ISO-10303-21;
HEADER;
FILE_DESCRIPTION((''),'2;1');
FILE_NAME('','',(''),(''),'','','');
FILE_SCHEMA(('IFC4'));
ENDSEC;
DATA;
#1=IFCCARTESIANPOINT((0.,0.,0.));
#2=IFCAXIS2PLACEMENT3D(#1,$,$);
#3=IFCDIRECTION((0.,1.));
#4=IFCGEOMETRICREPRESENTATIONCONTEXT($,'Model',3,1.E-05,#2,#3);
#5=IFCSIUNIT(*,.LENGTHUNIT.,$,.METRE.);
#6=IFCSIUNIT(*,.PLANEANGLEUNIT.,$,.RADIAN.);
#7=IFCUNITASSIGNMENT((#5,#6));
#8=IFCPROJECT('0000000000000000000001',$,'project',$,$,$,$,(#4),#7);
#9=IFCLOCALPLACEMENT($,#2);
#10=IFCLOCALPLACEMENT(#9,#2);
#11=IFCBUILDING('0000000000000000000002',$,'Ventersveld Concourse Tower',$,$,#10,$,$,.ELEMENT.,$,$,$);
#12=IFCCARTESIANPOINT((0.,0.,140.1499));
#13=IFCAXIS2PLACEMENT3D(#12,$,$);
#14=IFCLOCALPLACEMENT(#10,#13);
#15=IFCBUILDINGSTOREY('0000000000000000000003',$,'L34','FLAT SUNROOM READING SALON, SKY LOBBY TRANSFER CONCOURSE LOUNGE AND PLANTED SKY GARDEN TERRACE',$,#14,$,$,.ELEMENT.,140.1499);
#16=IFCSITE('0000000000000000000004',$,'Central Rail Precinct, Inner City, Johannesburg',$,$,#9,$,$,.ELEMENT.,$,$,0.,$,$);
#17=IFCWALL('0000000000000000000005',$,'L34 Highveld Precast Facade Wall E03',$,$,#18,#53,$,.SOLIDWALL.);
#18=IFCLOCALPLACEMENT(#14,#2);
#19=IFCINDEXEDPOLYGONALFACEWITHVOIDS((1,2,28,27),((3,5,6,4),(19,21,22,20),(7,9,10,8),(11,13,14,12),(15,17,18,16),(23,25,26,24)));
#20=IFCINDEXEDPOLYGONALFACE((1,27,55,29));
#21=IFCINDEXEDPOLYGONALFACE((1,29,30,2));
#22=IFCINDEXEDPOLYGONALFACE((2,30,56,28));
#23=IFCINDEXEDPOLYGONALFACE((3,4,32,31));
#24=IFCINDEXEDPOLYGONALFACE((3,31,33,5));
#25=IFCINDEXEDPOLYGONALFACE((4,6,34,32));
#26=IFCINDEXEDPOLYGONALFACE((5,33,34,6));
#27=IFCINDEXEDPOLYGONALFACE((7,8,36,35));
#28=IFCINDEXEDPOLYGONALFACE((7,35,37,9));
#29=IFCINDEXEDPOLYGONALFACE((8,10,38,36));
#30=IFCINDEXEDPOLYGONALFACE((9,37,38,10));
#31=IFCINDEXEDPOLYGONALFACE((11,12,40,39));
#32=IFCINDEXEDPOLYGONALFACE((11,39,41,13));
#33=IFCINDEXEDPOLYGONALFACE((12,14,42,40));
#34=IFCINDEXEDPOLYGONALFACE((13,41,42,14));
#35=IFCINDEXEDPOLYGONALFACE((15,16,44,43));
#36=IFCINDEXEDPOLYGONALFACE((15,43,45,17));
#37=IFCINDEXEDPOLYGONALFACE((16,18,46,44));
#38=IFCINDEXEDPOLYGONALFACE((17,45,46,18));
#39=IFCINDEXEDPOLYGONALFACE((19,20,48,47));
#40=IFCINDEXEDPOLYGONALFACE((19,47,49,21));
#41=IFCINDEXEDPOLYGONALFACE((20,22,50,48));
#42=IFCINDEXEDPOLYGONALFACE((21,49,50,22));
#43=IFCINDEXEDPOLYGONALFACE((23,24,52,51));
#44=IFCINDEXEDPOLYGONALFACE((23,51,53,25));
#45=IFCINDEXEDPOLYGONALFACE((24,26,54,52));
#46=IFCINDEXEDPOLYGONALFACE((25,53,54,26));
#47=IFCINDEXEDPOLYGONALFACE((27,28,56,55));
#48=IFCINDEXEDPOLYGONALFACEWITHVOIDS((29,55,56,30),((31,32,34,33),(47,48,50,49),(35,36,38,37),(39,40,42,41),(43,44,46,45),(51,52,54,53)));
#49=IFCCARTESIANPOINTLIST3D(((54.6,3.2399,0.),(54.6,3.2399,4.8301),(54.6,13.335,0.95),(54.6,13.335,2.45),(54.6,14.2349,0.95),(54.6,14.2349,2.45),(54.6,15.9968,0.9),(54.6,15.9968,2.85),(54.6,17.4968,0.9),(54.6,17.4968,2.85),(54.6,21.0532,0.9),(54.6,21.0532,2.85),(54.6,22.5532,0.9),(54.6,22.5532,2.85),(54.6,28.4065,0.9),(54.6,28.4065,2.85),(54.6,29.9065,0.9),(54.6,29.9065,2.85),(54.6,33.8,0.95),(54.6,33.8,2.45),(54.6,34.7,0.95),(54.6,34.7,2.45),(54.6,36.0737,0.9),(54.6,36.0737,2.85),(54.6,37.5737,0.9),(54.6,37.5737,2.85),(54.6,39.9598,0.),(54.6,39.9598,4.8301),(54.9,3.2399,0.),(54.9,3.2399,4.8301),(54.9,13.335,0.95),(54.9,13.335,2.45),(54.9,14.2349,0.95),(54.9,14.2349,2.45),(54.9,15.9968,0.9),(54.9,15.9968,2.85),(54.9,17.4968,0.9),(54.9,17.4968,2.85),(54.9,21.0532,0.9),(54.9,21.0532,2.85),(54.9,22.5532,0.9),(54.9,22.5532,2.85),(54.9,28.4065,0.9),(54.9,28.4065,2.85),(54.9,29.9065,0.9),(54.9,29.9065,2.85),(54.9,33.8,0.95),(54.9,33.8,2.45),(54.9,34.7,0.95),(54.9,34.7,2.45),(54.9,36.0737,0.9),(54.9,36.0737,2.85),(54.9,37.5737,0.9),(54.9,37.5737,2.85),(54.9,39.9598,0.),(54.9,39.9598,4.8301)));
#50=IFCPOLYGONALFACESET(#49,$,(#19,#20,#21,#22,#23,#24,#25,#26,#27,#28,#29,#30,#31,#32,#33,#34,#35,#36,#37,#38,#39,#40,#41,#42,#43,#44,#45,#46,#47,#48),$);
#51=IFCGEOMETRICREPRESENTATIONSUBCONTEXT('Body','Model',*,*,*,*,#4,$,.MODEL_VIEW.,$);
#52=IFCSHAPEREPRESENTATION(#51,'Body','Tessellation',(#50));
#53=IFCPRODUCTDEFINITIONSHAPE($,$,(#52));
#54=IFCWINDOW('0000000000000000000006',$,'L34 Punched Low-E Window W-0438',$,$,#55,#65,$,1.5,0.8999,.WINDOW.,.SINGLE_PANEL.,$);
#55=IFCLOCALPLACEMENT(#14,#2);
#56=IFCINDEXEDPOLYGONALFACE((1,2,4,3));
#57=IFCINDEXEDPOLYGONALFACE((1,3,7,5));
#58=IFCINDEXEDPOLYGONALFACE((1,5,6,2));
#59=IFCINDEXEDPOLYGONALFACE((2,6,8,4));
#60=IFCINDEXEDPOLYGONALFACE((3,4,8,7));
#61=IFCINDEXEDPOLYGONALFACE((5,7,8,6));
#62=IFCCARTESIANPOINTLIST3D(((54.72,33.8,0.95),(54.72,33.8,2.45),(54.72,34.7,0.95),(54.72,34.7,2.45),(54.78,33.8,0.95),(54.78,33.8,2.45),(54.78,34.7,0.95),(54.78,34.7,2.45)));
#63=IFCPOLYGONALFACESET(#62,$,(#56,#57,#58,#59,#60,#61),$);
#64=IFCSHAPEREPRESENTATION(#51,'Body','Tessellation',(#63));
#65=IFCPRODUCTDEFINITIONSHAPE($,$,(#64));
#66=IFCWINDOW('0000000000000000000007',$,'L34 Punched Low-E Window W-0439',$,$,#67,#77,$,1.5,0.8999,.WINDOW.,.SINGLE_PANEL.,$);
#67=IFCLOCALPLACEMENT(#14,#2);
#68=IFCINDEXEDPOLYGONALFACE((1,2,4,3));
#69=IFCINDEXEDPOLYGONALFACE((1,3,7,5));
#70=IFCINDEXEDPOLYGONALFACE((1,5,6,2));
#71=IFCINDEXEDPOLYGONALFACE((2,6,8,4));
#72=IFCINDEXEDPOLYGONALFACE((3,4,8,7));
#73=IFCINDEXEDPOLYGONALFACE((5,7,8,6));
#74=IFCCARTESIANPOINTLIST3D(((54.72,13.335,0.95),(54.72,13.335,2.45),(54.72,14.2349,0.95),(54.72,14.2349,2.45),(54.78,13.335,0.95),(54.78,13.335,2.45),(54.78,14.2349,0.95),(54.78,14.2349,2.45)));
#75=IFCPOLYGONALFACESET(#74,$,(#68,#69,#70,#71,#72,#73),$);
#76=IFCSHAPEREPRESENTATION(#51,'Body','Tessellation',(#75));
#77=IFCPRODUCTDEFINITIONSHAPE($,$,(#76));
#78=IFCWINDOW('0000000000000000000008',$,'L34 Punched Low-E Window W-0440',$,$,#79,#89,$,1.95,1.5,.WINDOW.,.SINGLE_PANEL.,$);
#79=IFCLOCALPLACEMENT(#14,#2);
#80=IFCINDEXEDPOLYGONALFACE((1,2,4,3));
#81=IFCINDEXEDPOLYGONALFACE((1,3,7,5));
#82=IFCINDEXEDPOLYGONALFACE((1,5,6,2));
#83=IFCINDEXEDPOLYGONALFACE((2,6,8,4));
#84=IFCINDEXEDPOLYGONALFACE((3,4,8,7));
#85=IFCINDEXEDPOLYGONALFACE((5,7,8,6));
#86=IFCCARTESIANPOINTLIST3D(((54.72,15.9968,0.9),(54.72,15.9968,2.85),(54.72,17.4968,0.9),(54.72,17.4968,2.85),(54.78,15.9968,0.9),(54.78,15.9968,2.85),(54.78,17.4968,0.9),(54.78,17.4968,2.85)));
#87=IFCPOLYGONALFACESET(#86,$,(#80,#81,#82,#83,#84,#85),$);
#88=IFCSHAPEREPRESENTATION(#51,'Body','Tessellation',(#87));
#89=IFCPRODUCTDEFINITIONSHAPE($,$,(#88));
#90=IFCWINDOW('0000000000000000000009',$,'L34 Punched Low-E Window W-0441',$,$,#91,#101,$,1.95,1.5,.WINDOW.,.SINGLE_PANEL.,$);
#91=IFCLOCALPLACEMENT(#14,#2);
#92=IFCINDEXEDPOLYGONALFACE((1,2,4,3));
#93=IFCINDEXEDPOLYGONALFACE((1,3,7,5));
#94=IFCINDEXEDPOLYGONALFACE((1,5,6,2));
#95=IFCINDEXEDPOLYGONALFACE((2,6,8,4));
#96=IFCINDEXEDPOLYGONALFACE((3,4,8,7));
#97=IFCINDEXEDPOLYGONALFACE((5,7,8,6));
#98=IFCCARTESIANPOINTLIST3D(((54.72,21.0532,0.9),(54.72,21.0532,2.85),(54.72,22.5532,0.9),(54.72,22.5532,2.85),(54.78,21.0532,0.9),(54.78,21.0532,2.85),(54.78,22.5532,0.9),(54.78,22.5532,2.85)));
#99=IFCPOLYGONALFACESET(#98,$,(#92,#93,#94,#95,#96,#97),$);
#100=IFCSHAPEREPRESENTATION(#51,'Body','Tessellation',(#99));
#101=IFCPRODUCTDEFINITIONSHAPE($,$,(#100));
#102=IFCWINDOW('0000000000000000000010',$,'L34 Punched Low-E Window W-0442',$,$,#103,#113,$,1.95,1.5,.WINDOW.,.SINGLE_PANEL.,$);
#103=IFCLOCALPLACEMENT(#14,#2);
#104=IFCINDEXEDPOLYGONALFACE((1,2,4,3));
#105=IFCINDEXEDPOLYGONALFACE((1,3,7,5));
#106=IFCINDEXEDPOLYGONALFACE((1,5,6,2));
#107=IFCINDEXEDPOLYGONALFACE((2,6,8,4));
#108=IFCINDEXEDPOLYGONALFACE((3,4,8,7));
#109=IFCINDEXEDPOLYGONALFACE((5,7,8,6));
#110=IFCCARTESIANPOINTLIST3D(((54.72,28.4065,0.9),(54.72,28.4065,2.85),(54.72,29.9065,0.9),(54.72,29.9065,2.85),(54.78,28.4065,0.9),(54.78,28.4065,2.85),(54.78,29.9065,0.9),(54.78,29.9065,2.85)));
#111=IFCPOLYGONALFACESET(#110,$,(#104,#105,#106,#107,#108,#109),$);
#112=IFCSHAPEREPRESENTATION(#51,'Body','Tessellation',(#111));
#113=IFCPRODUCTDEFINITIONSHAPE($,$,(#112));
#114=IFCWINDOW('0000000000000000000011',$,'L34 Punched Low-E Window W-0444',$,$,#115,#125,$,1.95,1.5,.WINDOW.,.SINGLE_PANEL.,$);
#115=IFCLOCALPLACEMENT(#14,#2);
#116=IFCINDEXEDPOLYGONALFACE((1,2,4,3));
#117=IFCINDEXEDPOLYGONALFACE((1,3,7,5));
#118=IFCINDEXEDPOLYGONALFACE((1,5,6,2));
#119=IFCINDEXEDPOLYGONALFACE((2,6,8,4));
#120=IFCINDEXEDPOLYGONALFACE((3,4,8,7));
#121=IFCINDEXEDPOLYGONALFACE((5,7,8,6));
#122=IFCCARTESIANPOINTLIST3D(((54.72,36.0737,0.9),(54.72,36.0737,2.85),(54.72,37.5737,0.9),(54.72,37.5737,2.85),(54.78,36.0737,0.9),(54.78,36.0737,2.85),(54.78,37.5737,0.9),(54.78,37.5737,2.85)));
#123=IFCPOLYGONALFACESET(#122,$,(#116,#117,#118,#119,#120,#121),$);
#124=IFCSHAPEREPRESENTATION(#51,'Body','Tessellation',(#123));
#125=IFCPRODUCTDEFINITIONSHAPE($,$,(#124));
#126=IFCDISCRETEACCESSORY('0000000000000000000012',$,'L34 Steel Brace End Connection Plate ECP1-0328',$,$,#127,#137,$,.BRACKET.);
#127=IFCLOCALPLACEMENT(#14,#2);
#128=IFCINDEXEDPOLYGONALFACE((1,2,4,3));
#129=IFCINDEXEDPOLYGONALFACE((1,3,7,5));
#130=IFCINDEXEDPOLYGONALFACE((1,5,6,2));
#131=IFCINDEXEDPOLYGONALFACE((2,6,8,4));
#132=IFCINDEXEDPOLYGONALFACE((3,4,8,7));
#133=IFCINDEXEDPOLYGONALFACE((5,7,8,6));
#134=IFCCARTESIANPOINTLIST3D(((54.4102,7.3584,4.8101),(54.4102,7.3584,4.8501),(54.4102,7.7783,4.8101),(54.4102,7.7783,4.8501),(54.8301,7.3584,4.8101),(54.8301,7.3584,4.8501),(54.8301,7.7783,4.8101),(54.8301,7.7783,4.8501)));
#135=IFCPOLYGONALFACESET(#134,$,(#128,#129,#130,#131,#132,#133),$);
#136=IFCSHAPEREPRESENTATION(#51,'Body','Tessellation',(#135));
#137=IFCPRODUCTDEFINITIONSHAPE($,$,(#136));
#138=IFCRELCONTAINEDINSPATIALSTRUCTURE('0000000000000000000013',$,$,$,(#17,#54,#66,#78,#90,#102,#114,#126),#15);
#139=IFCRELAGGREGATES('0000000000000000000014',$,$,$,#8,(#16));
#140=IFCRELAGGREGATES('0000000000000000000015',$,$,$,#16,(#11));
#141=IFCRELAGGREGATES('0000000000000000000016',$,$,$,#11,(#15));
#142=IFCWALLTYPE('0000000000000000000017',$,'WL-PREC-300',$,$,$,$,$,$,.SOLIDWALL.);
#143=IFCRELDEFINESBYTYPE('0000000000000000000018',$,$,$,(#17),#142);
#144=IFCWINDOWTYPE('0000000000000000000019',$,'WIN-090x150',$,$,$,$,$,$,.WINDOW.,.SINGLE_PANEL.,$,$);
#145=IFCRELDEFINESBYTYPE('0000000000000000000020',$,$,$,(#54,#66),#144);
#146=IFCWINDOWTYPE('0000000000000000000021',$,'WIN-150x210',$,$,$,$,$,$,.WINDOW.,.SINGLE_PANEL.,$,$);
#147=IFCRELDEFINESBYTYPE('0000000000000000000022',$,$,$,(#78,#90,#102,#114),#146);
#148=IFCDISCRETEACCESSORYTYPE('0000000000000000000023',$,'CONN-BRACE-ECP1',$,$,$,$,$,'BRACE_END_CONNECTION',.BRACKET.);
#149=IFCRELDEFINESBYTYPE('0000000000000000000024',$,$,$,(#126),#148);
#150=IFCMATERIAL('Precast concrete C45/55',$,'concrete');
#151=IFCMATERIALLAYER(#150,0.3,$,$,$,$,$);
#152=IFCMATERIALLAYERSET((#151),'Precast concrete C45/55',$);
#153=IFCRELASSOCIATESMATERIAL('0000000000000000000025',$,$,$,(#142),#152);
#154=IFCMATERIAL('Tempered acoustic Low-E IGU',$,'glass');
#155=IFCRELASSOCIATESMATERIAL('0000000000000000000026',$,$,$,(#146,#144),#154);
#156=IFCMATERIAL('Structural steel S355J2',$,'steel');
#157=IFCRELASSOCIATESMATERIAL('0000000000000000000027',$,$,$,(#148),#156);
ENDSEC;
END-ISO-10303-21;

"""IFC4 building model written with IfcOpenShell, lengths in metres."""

from ifc_helpers import new_model, si_unit, direction, frame, frame_2d, origin, origin_2d, place, context, subcontext, project, spatial, rectangle, extrude, material, layer, layer_set, type_object, element, fill, save


model = new_model("IFC4")

# Units and contexts
model_context = context("Model", 3, precision=1e-05, world=origin(), true_north=direction((0.0, 1.0)))
body_context = subcontext(model_context, "Body", "Model", "MODEL_VIEW")
ifc_project = project(units=[si_unit("LENGTHUNIT", "METRE"), si_unit("PLANEANGLEUNIT", "RADIAN")], contexts=[model_context])

# Site, building, storey
site_placement = place(None, origin())
site = spatial("IfcSite", under=ifc_project, at=site_placement, Name="Central Rail Precinct, Inner City, Johannesburg", CompositionType="ELEMENT", RefElevation=0.0)
building_placement = place(site_placement, origin())
building = spatial("IfcBuilding", under=site, at=building_placement, Name="Ventersveld Concourse Tower", CompositionType="ELEMENT")
storey_placement = place(building_placement, frame((0.0, 0.0, 140.1499)))
storey = spatial("IfcBuildingStorey", under=building, at=storey_placement, Name="L34", Description="FLAT SUNROOM READING SALON, SKY LOBBY TRANSFER CONCOURSE LOUNGE AND PLANTED SKY GARDEN TERRACE", CompositionType="ELEMENT", Elevation=140.1499)

# Shared definitions
ifc_material_1 = material(Name="Structural steel S355J2", Category="steel")

# Shared definitions
ifc_material_2 = material(Name="Precast concrete C45/55", Category="concrete")
ifc_layer_1 = layer(ifc_material_2, 0.3)
ifc_layer_set_1 = layer_set([ifc_layer_1], Name="Precast concrete C45/55")
wall_type_1 = type_object("IfcWallType", Name="WL-PREC-300", PredefinedType="SOLIDWALL", material=ifc_layer_set_1)
ifc_material_3 = material(Name="Tempered acoustic Low-E IGU", Category="glass")
window_type_1 = type_object("IfcWindowType", Name="WIN-150x210", PartitioningType="SINGLE_PANEL", PredefinedType="WINDOW", material=ifc_material_3)

# Wall, openings, windows
wall_1_placement = place(storey_placement, frame((54.75, 3.24, 0.0), z_axis=(0.0, 0.0, 1.0), x_axis=(0.0, 1.0, 0.0)))
wall_1 = element("IfcWall", 1, at=wall_1_placement, inside=storey, type_object=wall_type_1, Name="L34 Highveld Precast Facade Wall E03", PredefinedType="SOLIDWALL", context=body_context, shape_type="SweptSolid", body=[
    extrude(rectangle(XDim=36.72, YDim=0.3, at=frame_2d((18.3599, 0.0))), origin(), (0.0, 0.0, 1.0), 4.8301),
])
opening_1_placement = place(wall_1_placement, frame((30.5601, 0.0, 0.95)))
opening_1 = element("IfcOpeningElement", 2, at=opening_1_placement, cuts=wall_1, PredefinedType="OPENING", context=body_context, shape_type="SweptSolid", body=[
    extrude(rectangle(XDim=0.8999, YDim=1.5, at=frame_2d((0.45, 0.75))), frame((0.0, 0.1602, 0.0), z_axis=(0.0, -1.0, 0.0), x_axis=(1.0, 0.0, 0.0)), (0.0, 0.0, 1.0), 0.3201),
])
opening_2_placement = place(wall_1_placement, frame((10.095, 0.0, 0.95)))
opening_2 = element("IfcOpeningElement", 3, at=opening_2_placement, cuts=wall_1, PredefinedType="OPENING", context=body_context, shape_type="SweptSolid", body=[
    extrude(rectangle(XDim=0.8999, YDim=1.5, at=frame_2d((0.45, 0.75))), frame((0.0, 0.1602, 0.0), z_axis=(0.0, -1.0, 0.0), x_axis=(1.0, 0.0, 0.0)), (0.0, 0.0, 1.0), 0.3201),
])
opening_3_placement = place(wall_1_placement, frame((12.7568, 0.0, 0.8999)))
opening_3 = element("IfcOpeningElement", 4, at=opening_3_placement, cuts=wall_1, PredefinedType="OPENING", context=body_context, shape_type="SweptSolid", body=[
    extrude(rectangle(XDim=1.5, YDim=1.95, at=frame_2d((0.75, 0.9751))), frame((0.0, 0.1602, 0.0), z_axis=(0.0, -1.0, 0.0), x_axis=(1.0, 0.0, 0.0)), (0.0, 0.0, 1.0), 0.3201),
])
opening_4_placement = place(wall_1_placement, frame((17.8132, 0.0, 0.8999)))
opening_4 = element("IfcOpeningElement", 5, at=opening_4_placement, cuts=wall_1, PredefinedType="OPENING", context=body_context, shape_type="SweptSolid", body=[
    extrude(rectangle(XDim=1.5, YDim=1.95, at=frame_2d((0.75, 0.9751))), frame((0.0, 0.1602, 0.0), z_axis=(0.0, -1.0, 0.0), x_axis=(1.0, 0.0, 0.0)), (0.0, 0.0, 1.0), 0.3201),
])
opening_5_placement = place(wall_1_placement, frame((25.1665, 0.0, 0.8999)))
opening_5 = element("IfcOpeningElement", 6, at=opening_5_placement, cuts=wall_1, PredefinedType="OPENING", context=body_context, shape_type="SweptSolid", body=[
    extrude(rectangle(XDim=1.5, YDim=1.95, at=frame_2d((0.75, 0.9751))), frame((0.0, 0.1602, 0.0), z_axis=(0.0, -1.0, 0.0), x_axis=(1.0, 0.0, 0.0)), (0.0, 0.0, 1.0), 0.3201),
])
opening_6_placement = place(wall_1_placement, frame((32.8337, 0.0, 0.8999)))
opening_6 = element("IfcOpeningElement", 7, at=opening_6_placement, cuts=wall_1, PredefinedType="OPENING", context=body_context, shape_type="SweptSolid", body=[
    extrude(rectangle(XDim=1.5, YDim=1.95, at=frame_2d((0.75, 0.9751))), frame((0.0, 0.1602, 0.0), z_axis=(0.0, -1.0, 0.0), x_axis=(1.0, 0.0, 0.0)), (0.0, 0.0, 1.0), 0.3201),
])
window_type_2 = type_object("IfcWindowType", Name="WIN-090x150", PartitioningType="SINGLE_PANEL", PredefinedType="WINDOW", material=ifc_material_3)
window_1_placement = place(opening_1_placement, origin())
window_1 = element("IfcWindow", 8, at=window_1_placement, inside=storey, type_object=window_type_2, Name="L34 Punched Low-E Window W-0438", OverallHeight=1.5, OverallWidth=0.8999, PartitioningType="SINGLE_PANEL", PredefinedType="WINDOW", context=body_context, shape_type="SweptSolid", body=[
    extrude(rectangle(XDim=0.8999, YDim=1.5, at=frame_2d((0.45, 0.75))), frame((0.0, 0.03, 0.0), z_axis=(0.0, -1.0, 0.0), x_axis=(1.0, 0.0, 0.0)), (0.0, 0.0, 1.0), 0.0601),
])
fill(opening_1, window_1)
window_2_placement = place(opening_2_placement, origin())
window_2 = element("IfcWindow", 9, at=window_2_placement, inside=storey, type_object=window_type_2, Name="L34 Punched Low-E Window W-0439", OverallHeight=1.5, OverallWidth=0.8999, PartitioningType="SINGLE_PANEL", PredefinedType="WINDOW", context=body_context, shape_type="SweptSolid", body=[
    extrude(rectangle(XDim=0.8999, YDim=1.5, at=frame_2d((0.45, 0.75))), frame((0.0, 0.03, 0.0), z_axis=(0.0, -1.0, 0.0), x_axis=(1.0, 0.0, 0.0)), (0.0, 0.0, 1.0), 0.0601),
])
fill(opening_2, window_2)
window_3_placement = place(opening_3_placement, origin())
window_3 = element("IfcWindow", 10, at=window_3_placement, inside=storey, type_object=window_type_1, Name="L34 Punched Low-E Window W-0440", OverallHeight=1.95, OverallWidth=1.5, PartitioningType="SINGLE_PANEL", PredefinedType="WINDOW", context=body_context, shape_type="SweptSolid", body=[
    extrude(rectangle(XDim=1.5, YDim=1.95, at=frame_2d((0.75, 0.9751))), frame((0.0, 0.03, 0.0), z_axis=(0.0, -1.0, 0.0), x_axis=(1.0, 0.0, 0.0)), (0.0, 0.0, 1.0), 0.0601),
])
fill(opening_3, window_3)
window_4_placement = place(opening_4_placement, origin())
window_4 = element("IfcWindow", 11, at=window_4_placement, inside=storey, type_object=window_type_1, Name="L34 Punched Low-E Window W-0441", OverallHeight=1.95, OverallWidth=1.5, PartitioningType="SINGLE_PANEL", PredefinedType="WINDOW", context=body_context, shape_type="SweptSolid", body=[
    extrude(rectangle(XDim=1.5, YDim=1.95, at=frame_2d((0.75, 0.9751))), frame((0.0, 0.03, 0.0), z_axis=(0.0, -1.0, 0.0), x_axis=(1.0, 0.0, 0.0)), (0.0, 0.0, 1.0), 0.0601),
])
fill(opening_4, window_4)
window_5_placement = place(opening_5_placement, origin())
window_5 = element("IfcWindow", 12, at=window_5_placement, inside=storey, type_object=window_type_1, Name="L34 Punched Low-E Window W-0442", OverallHeight=1.95, OverallWidth=1.5, PartitioningType="SINGLE_PANEL", PredefinedType="WINDOW", context=body_context, shape_type="SweptSolid", body=[
    extrude(rectangle(XDim=1.5, YDim=1.95, at=frame_2d((0.75, 0.9751))), frame((0.0, 0.03, 0.0), z_axis=(0.0, -1.0, 0.0), x_axis=(1.0, 0.0, 0.0)), (0.0, 0.0, 1.0), 0.0601),
])
fill(opening_5, window_5)
window_6_placement = place(opening_6_placement, origin())
window_6 = element("IfcWindow", 13, at=window_6_placement, inside=storey, type_object=window_type_1, Name="L34 Punched Low-E Window W-0444", OverallHeight=1.95, OverallWidth=1.5, PartitioningType="SINGLE_PANEL", PredefinedType="WINDOW", context=body_context, shape_type="SweptSolid", body=[
    extrude(rectangle(XDim=1.5, YDim=1.95, at=frame_2d((0.75, 0.9751))), frame((0.0, 0.03, 0.0), z_axis=(0.0, -1.0, 0.0), x_axis=(1.0, 0.0, 0.0)), (0.0, 0.0, 1.0), 0.0601),
])
fill(opening_6, window_6)

# Discrete accessory
discrete_accessory_type = type_object("IfcDiscreteAccessoryType", Name="CONN-BRACE-ECP1", ElementType="BRACE_END_CONNECTION", PredefinedType="BRACKET", material=ifc_material_1)
discrete_accessory_placement = place(storey_placement, frame((54.6201, 7.5684, 4.8101), z_axis=(0.0, 0.0, 1.0), x_axis=(1.0, 0.0, 0.0)))
element("IfcDiscreteAccessory", 14, at=discrete_accessory_placement, inside=storey, type_object=discrete_accessory_type, Name="L34 Steel Brace End Connection Plate ECP1-0328", PredefinedType="BRACKET", context=body_context, shape_type="SweptSolid", body=[
    extrude(rectangle(XDim=0.4199, YDim=0.4199, at=origin_2d()), origin(), (0.0, 0.0, 1.0), 0.04),
])

save(model, "model.ifc")
